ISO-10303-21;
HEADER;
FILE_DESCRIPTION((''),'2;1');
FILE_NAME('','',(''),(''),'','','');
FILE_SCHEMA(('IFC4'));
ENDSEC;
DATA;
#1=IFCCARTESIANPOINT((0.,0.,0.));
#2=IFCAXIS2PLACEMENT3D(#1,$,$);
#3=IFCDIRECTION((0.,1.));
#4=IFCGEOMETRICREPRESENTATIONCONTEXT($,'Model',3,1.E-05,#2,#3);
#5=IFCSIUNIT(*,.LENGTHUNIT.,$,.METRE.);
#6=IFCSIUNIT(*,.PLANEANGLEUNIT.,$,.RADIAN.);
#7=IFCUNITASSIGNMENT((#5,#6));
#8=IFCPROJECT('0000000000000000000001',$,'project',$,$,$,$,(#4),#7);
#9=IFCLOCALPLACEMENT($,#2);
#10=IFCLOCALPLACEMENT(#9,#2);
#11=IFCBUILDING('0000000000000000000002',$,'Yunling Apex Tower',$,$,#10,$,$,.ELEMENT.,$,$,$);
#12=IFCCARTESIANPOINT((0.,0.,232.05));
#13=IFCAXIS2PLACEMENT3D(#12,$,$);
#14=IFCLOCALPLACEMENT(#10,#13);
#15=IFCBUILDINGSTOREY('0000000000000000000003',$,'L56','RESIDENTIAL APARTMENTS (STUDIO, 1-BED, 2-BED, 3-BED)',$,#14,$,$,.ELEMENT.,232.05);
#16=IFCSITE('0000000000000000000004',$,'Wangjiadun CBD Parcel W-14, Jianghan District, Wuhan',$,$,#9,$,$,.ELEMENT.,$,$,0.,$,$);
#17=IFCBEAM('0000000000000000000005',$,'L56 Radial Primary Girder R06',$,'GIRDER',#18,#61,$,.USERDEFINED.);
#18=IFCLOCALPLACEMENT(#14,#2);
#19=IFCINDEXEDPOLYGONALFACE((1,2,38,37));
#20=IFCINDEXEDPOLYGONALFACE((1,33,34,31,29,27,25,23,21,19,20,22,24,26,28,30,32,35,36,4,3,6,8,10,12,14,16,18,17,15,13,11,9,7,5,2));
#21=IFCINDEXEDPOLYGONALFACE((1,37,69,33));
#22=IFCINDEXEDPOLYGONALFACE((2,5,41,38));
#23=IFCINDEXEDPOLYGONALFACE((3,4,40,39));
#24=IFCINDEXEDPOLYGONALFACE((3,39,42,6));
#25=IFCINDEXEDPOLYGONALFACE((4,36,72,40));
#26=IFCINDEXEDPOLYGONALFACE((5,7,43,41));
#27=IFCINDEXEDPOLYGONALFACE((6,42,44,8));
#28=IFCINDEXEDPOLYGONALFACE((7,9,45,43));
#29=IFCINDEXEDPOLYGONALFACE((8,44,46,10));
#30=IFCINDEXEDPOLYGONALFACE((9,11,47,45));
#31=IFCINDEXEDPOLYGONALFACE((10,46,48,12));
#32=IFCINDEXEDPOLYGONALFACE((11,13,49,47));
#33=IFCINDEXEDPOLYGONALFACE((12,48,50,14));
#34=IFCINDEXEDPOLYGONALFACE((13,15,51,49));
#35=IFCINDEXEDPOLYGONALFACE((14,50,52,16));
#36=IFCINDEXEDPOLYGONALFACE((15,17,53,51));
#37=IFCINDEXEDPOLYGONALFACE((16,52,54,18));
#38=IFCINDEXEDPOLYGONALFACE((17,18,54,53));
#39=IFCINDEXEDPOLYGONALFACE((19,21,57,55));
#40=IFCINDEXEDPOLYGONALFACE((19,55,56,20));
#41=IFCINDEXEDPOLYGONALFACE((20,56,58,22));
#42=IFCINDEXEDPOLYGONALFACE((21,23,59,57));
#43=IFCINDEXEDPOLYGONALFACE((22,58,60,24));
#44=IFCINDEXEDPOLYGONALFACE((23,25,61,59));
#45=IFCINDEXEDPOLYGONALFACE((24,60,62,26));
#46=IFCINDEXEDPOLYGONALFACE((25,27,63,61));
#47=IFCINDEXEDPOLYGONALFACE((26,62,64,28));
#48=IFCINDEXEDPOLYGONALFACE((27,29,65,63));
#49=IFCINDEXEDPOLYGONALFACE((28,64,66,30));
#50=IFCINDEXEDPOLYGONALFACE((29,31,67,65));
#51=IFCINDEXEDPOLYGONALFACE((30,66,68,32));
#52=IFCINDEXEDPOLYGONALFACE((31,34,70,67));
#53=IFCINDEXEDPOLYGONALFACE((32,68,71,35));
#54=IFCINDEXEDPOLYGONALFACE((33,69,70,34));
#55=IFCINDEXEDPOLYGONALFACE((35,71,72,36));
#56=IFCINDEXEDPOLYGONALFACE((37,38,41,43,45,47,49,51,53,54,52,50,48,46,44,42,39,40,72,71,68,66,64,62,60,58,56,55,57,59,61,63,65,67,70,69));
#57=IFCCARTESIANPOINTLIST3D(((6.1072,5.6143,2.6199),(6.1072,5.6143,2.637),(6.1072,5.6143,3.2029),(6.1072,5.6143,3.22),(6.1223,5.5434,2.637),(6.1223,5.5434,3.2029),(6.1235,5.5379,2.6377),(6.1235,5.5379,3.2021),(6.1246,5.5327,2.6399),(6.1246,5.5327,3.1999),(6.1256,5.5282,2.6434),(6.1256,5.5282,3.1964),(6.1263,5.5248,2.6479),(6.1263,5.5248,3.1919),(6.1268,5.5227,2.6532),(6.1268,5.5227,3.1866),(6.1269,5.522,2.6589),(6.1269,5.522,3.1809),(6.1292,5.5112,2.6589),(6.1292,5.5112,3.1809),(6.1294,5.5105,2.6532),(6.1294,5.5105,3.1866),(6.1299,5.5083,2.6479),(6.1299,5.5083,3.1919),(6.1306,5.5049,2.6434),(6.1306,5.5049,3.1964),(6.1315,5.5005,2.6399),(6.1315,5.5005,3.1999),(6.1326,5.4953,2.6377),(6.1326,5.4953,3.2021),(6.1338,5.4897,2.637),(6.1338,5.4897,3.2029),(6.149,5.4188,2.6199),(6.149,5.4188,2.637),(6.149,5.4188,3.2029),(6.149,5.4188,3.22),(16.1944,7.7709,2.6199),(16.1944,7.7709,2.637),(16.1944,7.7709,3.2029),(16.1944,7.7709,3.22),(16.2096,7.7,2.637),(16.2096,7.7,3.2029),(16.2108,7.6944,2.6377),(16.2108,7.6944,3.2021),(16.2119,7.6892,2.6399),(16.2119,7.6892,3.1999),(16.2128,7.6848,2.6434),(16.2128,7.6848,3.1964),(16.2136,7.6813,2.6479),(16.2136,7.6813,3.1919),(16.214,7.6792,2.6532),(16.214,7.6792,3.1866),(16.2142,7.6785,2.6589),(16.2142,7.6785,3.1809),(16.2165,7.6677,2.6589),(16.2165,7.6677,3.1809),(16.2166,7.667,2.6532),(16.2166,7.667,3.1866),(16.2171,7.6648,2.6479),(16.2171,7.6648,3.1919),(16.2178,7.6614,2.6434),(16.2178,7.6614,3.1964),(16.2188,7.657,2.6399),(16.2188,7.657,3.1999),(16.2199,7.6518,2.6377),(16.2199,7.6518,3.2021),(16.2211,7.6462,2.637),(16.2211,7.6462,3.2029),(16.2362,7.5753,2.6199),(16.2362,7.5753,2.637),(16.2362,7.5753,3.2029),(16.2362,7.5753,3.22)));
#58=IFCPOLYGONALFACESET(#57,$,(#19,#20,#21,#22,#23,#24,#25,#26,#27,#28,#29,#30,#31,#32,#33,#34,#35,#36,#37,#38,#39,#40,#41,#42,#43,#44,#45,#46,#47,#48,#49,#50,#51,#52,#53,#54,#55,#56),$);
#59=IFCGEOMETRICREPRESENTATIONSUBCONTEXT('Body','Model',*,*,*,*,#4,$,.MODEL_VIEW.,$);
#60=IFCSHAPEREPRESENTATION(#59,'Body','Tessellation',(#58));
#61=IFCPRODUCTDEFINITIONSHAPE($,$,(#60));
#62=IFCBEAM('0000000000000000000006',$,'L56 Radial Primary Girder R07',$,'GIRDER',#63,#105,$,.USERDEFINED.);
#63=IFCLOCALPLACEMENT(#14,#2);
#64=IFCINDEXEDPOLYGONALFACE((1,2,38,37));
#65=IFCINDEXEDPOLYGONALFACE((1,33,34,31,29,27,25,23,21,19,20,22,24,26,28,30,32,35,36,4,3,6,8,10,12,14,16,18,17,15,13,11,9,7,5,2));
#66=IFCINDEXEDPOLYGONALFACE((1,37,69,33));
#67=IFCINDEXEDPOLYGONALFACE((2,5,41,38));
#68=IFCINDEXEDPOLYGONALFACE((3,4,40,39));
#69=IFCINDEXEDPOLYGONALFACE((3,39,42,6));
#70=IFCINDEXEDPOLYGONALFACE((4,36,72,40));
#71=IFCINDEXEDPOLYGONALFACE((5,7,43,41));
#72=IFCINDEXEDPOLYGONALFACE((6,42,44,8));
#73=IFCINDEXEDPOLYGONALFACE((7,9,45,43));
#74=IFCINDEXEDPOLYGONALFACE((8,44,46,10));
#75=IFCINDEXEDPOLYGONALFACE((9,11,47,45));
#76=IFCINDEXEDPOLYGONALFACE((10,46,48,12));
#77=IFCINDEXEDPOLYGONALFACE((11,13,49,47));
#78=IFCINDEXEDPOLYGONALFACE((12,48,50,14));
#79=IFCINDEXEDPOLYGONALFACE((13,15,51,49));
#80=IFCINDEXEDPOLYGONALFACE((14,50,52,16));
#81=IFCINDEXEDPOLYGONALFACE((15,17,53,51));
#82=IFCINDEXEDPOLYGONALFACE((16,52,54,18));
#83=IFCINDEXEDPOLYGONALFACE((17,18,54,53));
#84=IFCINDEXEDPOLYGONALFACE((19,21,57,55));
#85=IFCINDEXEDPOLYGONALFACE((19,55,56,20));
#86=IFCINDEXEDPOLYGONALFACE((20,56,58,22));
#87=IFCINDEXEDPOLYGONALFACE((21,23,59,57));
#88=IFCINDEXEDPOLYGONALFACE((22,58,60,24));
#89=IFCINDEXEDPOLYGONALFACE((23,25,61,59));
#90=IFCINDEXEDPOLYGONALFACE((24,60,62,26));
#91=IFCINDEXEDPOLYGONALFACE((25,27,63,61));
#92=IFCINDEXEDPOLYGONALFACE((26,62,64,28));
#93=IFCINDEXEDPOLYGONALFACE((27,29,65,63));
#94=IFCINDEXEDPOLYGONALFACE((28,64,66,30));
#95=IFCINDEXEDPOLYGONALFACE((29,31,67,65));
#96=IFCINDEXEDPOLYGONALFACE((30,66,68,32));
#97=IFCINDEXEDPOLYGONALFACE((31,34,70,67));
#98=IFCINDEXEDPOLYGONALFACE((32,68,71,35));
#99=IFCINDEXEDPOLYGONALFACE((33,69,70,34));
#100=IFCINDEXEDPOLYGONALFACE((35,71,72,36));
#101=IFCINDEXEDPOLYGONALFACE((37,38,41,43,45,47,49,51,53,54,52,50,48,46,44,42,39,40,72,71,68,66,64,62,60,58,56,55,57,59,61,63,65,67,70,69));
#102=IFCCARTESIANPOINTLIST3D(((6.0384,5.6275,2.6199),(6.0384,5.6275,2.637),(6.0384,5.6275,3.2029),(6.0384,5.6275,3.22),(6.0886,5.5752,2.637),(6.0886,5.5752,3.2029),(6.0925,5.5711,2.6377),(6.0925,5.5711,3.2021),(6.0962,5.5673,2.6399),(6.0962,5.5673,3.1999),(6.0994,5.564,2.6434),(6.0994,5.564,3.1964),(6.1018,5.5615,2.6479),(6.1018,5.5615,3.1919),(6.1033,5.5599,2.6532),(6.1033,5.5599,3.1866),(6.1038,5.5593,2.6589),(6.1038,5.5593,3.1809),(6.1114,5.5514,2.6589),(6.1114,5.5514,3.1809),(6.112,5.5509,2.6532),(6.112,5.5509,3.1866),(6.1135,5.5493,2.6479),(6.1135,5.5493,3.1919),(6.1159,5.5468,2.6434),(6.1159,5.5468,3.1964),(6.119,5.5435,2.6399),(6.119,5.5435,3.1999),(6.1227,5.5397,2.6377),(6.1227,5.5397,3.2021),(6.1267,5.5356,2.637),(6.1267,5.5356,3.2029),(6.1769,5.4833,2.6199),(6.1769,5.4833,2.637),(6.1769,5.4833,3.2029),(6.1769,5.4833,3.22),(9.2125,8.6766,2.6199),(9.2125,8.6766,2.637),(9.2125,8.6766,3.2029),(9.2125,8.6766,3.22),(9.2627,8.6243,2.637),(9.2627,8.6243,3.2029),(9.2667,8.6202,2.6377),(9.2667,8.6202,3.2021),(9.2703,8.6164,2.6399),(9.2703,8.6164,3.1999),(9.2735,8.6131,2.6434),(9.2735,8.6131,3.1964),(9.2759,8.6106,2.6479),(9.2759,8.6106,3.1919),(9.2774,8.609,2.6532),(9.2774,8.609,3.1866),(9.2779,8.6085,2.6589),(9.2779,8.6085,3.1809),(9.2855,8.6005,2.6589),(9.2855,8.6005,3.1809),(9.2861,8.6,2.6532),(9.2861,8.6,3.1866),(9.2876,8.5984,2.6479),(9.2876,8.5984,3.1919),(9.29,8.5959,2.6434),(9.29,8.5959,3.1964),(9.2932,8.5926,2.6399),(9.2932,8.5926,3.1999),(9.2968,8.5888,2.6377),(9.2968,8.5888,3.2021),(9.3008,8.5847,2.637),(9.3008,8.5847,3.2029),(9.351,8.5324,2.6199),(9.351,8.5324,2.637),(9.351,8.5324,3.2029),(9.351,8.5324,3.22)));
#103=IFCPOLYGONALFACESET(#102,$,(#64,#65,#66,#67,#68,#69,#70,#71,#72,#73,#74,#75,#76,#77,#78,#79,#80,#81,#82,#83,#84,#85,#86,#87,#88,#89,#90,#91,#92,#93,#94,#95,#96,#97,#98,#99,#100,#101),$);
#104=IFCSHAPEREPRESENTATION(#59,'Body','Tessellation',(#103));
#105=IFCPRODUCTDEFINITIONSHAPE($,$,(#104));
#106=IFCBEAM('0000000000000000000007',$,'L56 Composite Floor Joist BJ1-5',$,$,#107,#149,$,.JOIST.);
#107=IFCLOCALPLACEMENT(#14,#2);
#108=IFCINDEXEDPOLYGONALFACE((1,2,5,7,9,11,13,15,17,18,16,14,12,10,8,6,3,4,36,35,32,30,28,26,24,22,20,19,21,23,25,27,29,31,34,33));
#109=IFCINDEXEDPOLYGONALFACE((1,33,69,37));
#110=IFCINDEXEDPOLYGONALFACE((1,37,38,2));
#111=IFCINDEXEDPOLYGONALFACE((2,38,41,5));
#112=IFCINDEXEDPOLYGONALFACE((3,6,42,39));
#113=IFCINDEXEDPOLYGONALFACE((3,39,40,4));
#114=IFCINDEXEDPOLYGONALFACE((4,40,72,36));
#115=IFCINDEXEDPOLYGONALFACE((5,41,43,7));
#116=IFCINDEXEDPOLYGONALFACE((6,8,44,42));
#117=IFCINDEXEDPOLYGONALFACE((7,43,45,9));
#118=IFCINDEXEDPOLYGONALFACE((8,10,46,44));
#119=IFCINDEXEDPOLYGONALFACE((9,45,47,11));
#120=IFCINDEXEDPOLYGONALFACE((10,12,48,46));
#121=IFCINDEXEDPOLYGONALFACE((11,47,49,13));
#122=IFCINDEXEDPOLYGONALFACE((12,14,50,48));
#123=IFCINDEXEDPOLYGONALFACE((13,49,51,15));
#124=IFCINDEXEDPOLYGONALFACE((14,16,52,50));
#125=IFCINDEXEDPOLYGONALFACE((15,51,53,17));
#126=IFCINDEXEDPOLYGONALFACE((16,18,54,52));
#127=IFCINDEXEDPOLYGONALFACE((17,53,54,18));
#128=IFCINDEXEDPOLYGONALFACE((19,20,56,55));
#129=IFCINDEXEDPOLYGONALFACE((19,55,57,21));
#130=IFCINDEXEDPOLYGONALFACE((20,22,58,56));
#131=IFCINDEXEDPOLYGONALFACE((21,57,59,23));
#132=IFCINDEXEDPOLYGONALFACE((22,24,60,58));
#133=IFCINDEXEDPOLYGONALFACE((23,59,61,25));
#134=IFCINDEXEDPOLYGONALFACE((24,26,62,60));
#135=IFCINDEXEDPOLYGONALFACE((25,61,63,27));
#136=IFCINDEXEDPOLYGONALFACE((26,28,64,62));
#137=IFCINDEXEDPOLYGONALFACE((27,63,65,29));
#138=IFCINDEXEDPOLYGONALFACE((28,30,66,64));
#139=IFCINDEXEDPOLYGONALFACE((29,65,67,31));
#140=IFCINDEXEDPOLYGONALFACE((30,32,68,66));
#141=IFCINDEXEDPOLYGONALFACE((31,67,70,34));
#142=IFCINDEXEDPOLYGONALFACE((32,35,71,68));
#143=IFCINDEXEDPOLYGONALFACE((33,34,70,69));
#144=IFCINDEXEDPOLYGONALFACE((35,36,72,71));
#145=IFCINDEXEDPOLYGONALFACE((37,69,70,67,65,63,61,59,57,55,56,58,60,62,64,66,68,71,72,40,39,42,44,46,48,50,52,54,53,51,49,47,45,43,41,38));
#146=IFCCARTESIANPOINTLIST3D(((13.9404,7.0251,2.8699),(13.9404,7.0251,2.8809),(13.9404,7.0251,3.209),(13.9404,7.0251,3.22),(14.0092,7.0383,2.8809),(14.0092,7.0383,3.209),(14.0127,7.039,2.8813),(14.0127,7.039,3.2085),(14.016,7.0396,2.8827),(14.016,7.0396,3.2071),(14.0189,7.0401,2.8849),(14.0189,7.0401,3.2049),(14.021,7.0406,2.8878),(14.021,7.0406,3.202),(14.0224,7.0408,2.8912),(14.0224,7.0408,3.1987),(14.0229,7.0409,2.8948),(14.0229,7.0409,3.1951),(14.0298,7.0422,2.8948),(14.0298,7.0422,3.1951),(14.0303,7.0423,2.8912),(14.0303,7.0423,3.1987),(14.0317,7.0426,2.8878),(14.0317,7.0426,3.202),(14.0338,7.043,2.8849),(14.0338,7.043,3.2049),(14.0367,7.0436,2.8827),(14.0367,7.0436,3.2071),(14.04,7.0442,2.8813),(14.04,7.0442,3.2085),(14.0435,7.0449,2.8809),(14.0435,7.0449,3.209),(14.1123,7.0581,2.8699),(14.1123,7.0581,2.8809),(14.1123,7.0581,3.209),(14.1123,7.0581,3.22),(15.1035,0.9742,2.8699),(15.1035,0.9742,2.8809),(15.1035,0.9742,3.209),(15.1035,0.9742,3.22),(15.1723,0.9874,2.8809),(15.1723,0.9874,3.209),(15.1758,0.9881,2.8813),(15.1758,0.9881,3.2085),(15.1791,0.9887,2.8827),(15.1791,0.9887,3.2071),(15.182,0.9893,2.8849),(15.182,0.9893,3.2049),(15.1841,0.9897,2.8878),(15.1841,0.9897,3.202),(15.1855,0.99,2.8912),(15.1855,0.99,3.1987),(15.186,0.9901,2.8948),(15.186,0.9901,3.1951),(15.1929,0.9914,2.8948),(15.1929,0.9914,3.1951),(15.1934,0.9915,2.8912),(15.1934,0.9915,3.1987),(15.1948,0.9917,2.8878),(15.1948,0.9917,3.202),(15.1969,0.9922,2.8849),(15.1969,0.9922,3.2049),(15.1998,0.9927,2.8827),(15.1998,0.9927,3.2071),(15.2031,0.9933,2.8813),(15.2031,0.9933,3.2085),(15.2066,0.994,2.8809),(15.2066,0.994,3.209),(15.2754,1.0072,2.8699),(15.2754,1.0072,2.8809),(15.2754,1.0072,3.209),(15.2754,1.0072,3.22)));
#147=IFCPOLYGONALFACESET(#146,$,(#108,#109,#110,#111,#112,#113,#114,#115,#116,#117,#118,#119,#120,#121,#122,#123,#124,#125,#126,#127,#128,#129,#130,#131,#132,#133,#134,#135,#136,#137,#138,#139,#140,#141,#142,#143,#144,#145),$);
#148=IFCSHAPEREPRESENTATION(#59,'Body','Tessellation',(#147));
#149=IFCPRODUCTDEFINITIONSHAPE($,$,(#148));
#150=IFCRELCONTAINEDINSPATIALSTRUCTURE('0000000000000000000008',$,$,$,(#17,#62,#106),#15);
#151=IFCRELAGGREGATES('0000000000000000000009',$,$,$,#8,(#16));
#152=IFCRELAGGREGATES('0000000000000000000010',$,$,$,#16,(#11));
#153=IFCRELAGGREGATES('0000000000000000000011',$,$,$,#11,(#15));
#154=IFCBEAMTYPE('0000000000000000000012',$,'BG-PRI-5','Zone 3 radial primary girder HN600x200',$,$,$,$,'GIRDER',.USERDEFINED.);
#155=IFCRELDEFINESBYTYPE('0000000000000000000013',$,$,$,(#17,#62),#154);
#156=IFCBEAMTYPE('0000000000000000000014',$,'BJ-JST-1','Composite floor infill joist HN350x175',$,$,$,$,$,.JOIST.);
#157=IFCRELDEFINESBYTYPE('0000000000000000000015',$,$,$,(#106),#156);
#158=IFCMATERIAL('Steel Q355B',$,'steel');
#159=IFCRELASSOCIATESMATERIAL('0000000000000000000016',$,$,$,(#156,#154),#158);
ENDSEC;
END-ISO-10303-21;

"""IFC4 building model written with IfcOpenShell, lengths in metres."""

from ifc_helpers import new_model, si_unit, direction, frame, origin, origin_2d, place, context, subcontext, project, spatial, i_section, extrude, source, transform, mapped, material, material_profile, profile_set, type_object, element, save


model = new_model("IFC4")

# Units and contexts
model_context = context("Model", 3, precision=1e-05, world=origin(), true_north=direction((0.0, 1.0)))
body_context = subcontext(model_context, "Body", "Model", "MODEL_VIEW")
ifc_project = project(units=[si_unit("LENGTHUNIT", "METRE"), si_unit("PLANEANGLEUNIT", "RADIAN")], contexts=[model_context])

# Site, building, storey
site_placement = place(None, origin())
site = spatial("IfcSite", under=ifc_project, at=site_placement, Name="Wangjiadun CBD Parcel W-14, Jianghan District, Wuhan", CompositionType="ELEMENT", RefElevation=0.0)
building_placement = place(site_placement, origin())
building = spatial("IfcBuilding", under=site, at=building_placement, Name="Yunling Apex Tower", CompositionType="ELEMENT")
storey_placement = place(building_placement, frame((0.0, 0.0, 232.05)))
storey = spatial("IfcBuildingStorey", under=building, at=storey_placement, Name="L56", Description="RESIDENTIAL APARTMENTS (STUDIO, 1-BED, 2-BED, 3-BED)", CompositionType="ELEMENT", Elevation=232.05)

# Beams
ifc_material_1 = material(Name="Steel Q355B", Category="steel")
ifc_material_profile_1 = material_profile(ifc_material_1, i_section(OverallWidth=0.175, OverallDepth=0.3501, WebThickness=0.0071, FlangeThickness=0.011, FilletRadius=0.0139, at=origin_2d()))
ifc_profile_set_1 = profile_set([ifc_material_profile_1], Name="Steel Q355B")
beam_type_1 = type_object("IfcBeamType", Name="BJ-JST-1", Description="Composite floor infill joist HN350x175", PredefinedType="JOIST", material=ifc_profile_set_1)
ifc_material_profile_2 = material_profile(ifc_material_1, i_section(OverallWidth=0.2, OverallDepth=0.6001, WebThickness=0.011, FlangeThickness=0.0171, FilletRadius=0.022, at=origin_2d()))
ifc_profile_set_2 = profile_set([ifc_material_profile_2], Name="Steel Q355B")
beam_type_2 = type_object("IfcBeamType", Name="BG-PRI-5", Description="Zone 3 radial primary girder HN600x200", ElementType="GIRDER", PredefinedType="USERDEFINED", material=ifc_profile_set_2)
shared_shape_1 = source(origin(), body_context, "Body", "SweptSolid", [
    extrude(i_section(OverallWidth=0.2, OverallDepth=0.6001, WebThickness=0.011, FlangeThickness=0.0171, FilletRadius=0.022, at=origin_2d()), origin(), (0.0, 0.0, 1.0), 10.3152),
])
beam_1_placement = place(storey_placement, frame((16.2153, 7.6731, 2.9199), z_axis=(-0.977902, -0.209062, 0.0), x_axis=(0.209062, -0.977902, 0.0)))
element("IfcBeam", 1, at=beam_1_placement, inside=storey, type_object=beam_type_2, Name="L56 Radial Primary Girder R06", ObjectType="GIRDER", PredefinedType="USERDEFINED", context=body_context, shape_type="MappedRepresentation", body=[
    mapped(shared_shape_1, transform((0.0, 0.0, 0.0), scale=1.0)),
])
shared_shape_2 = source(origin(), body_context, "Body", "SweptSolid", [
    extrude(i_section(OverallWidth=0.2, OverallDepth=0.6001, WebThickness=0.011, FlangeThickness=0.0171, FilletRadius=0.022, at=origin_2d()), origin(), (0.0, 0.0, 1.0), 4.4014),
])
beam_2_placement = place(storey_placement, frame((9.2817, 8.6045, 2.9199), z_axis=(-0.721164, -0.692764, 0.0), x_axis=(0.692764, -0.721164, 0.0)))
element("IfcBeam", 2, at=beam_2_placement, inside=storey, type_object=beam_type_2, Name="L56 Radial Primary Girder R07", ObjectType="GIRDER", PredefinedType="USERDEFINED", context=body_context, shape_type="MappedRepresentation", body=[
    mapped(shared_shape_2, transform((0.0, 0.0, 0.0), scale=1.0)),
])
shared_shape_3 = source(origin(), body_context, "Body", "SweptSolid", [
    extrude(i_section(OverallWidth=0.175, OverallDepth=0.3501, WebThickness=0.0071, FlangeThickness=0.011, FilletRadius=0.0139, at=origin_2d()), origin(), (0.0, 0.0, 1.0), 6.1616),
])
beam_3_placement = place(storey_placement, frame((15.1895, 0.9907, 3.0449), z_axis=(-0.188765, 0.982022, 0.0), x_axis=(-0.982022, -0.188765, 0.0)))
element("IfcBeam", 3, at=beam_3_placement, inside=storey, type_object=beam_type_1, Name="L56 Composite Floor Joist BJ1-5", PredefinedType="JOIST", context=body_context, shape_type="MappedRepresentation", body=[
    mapped(shared_shape_3, transform((0.0, 0.0, 0.0), scale=1.0)),
])

save(model, "model.ifc")
